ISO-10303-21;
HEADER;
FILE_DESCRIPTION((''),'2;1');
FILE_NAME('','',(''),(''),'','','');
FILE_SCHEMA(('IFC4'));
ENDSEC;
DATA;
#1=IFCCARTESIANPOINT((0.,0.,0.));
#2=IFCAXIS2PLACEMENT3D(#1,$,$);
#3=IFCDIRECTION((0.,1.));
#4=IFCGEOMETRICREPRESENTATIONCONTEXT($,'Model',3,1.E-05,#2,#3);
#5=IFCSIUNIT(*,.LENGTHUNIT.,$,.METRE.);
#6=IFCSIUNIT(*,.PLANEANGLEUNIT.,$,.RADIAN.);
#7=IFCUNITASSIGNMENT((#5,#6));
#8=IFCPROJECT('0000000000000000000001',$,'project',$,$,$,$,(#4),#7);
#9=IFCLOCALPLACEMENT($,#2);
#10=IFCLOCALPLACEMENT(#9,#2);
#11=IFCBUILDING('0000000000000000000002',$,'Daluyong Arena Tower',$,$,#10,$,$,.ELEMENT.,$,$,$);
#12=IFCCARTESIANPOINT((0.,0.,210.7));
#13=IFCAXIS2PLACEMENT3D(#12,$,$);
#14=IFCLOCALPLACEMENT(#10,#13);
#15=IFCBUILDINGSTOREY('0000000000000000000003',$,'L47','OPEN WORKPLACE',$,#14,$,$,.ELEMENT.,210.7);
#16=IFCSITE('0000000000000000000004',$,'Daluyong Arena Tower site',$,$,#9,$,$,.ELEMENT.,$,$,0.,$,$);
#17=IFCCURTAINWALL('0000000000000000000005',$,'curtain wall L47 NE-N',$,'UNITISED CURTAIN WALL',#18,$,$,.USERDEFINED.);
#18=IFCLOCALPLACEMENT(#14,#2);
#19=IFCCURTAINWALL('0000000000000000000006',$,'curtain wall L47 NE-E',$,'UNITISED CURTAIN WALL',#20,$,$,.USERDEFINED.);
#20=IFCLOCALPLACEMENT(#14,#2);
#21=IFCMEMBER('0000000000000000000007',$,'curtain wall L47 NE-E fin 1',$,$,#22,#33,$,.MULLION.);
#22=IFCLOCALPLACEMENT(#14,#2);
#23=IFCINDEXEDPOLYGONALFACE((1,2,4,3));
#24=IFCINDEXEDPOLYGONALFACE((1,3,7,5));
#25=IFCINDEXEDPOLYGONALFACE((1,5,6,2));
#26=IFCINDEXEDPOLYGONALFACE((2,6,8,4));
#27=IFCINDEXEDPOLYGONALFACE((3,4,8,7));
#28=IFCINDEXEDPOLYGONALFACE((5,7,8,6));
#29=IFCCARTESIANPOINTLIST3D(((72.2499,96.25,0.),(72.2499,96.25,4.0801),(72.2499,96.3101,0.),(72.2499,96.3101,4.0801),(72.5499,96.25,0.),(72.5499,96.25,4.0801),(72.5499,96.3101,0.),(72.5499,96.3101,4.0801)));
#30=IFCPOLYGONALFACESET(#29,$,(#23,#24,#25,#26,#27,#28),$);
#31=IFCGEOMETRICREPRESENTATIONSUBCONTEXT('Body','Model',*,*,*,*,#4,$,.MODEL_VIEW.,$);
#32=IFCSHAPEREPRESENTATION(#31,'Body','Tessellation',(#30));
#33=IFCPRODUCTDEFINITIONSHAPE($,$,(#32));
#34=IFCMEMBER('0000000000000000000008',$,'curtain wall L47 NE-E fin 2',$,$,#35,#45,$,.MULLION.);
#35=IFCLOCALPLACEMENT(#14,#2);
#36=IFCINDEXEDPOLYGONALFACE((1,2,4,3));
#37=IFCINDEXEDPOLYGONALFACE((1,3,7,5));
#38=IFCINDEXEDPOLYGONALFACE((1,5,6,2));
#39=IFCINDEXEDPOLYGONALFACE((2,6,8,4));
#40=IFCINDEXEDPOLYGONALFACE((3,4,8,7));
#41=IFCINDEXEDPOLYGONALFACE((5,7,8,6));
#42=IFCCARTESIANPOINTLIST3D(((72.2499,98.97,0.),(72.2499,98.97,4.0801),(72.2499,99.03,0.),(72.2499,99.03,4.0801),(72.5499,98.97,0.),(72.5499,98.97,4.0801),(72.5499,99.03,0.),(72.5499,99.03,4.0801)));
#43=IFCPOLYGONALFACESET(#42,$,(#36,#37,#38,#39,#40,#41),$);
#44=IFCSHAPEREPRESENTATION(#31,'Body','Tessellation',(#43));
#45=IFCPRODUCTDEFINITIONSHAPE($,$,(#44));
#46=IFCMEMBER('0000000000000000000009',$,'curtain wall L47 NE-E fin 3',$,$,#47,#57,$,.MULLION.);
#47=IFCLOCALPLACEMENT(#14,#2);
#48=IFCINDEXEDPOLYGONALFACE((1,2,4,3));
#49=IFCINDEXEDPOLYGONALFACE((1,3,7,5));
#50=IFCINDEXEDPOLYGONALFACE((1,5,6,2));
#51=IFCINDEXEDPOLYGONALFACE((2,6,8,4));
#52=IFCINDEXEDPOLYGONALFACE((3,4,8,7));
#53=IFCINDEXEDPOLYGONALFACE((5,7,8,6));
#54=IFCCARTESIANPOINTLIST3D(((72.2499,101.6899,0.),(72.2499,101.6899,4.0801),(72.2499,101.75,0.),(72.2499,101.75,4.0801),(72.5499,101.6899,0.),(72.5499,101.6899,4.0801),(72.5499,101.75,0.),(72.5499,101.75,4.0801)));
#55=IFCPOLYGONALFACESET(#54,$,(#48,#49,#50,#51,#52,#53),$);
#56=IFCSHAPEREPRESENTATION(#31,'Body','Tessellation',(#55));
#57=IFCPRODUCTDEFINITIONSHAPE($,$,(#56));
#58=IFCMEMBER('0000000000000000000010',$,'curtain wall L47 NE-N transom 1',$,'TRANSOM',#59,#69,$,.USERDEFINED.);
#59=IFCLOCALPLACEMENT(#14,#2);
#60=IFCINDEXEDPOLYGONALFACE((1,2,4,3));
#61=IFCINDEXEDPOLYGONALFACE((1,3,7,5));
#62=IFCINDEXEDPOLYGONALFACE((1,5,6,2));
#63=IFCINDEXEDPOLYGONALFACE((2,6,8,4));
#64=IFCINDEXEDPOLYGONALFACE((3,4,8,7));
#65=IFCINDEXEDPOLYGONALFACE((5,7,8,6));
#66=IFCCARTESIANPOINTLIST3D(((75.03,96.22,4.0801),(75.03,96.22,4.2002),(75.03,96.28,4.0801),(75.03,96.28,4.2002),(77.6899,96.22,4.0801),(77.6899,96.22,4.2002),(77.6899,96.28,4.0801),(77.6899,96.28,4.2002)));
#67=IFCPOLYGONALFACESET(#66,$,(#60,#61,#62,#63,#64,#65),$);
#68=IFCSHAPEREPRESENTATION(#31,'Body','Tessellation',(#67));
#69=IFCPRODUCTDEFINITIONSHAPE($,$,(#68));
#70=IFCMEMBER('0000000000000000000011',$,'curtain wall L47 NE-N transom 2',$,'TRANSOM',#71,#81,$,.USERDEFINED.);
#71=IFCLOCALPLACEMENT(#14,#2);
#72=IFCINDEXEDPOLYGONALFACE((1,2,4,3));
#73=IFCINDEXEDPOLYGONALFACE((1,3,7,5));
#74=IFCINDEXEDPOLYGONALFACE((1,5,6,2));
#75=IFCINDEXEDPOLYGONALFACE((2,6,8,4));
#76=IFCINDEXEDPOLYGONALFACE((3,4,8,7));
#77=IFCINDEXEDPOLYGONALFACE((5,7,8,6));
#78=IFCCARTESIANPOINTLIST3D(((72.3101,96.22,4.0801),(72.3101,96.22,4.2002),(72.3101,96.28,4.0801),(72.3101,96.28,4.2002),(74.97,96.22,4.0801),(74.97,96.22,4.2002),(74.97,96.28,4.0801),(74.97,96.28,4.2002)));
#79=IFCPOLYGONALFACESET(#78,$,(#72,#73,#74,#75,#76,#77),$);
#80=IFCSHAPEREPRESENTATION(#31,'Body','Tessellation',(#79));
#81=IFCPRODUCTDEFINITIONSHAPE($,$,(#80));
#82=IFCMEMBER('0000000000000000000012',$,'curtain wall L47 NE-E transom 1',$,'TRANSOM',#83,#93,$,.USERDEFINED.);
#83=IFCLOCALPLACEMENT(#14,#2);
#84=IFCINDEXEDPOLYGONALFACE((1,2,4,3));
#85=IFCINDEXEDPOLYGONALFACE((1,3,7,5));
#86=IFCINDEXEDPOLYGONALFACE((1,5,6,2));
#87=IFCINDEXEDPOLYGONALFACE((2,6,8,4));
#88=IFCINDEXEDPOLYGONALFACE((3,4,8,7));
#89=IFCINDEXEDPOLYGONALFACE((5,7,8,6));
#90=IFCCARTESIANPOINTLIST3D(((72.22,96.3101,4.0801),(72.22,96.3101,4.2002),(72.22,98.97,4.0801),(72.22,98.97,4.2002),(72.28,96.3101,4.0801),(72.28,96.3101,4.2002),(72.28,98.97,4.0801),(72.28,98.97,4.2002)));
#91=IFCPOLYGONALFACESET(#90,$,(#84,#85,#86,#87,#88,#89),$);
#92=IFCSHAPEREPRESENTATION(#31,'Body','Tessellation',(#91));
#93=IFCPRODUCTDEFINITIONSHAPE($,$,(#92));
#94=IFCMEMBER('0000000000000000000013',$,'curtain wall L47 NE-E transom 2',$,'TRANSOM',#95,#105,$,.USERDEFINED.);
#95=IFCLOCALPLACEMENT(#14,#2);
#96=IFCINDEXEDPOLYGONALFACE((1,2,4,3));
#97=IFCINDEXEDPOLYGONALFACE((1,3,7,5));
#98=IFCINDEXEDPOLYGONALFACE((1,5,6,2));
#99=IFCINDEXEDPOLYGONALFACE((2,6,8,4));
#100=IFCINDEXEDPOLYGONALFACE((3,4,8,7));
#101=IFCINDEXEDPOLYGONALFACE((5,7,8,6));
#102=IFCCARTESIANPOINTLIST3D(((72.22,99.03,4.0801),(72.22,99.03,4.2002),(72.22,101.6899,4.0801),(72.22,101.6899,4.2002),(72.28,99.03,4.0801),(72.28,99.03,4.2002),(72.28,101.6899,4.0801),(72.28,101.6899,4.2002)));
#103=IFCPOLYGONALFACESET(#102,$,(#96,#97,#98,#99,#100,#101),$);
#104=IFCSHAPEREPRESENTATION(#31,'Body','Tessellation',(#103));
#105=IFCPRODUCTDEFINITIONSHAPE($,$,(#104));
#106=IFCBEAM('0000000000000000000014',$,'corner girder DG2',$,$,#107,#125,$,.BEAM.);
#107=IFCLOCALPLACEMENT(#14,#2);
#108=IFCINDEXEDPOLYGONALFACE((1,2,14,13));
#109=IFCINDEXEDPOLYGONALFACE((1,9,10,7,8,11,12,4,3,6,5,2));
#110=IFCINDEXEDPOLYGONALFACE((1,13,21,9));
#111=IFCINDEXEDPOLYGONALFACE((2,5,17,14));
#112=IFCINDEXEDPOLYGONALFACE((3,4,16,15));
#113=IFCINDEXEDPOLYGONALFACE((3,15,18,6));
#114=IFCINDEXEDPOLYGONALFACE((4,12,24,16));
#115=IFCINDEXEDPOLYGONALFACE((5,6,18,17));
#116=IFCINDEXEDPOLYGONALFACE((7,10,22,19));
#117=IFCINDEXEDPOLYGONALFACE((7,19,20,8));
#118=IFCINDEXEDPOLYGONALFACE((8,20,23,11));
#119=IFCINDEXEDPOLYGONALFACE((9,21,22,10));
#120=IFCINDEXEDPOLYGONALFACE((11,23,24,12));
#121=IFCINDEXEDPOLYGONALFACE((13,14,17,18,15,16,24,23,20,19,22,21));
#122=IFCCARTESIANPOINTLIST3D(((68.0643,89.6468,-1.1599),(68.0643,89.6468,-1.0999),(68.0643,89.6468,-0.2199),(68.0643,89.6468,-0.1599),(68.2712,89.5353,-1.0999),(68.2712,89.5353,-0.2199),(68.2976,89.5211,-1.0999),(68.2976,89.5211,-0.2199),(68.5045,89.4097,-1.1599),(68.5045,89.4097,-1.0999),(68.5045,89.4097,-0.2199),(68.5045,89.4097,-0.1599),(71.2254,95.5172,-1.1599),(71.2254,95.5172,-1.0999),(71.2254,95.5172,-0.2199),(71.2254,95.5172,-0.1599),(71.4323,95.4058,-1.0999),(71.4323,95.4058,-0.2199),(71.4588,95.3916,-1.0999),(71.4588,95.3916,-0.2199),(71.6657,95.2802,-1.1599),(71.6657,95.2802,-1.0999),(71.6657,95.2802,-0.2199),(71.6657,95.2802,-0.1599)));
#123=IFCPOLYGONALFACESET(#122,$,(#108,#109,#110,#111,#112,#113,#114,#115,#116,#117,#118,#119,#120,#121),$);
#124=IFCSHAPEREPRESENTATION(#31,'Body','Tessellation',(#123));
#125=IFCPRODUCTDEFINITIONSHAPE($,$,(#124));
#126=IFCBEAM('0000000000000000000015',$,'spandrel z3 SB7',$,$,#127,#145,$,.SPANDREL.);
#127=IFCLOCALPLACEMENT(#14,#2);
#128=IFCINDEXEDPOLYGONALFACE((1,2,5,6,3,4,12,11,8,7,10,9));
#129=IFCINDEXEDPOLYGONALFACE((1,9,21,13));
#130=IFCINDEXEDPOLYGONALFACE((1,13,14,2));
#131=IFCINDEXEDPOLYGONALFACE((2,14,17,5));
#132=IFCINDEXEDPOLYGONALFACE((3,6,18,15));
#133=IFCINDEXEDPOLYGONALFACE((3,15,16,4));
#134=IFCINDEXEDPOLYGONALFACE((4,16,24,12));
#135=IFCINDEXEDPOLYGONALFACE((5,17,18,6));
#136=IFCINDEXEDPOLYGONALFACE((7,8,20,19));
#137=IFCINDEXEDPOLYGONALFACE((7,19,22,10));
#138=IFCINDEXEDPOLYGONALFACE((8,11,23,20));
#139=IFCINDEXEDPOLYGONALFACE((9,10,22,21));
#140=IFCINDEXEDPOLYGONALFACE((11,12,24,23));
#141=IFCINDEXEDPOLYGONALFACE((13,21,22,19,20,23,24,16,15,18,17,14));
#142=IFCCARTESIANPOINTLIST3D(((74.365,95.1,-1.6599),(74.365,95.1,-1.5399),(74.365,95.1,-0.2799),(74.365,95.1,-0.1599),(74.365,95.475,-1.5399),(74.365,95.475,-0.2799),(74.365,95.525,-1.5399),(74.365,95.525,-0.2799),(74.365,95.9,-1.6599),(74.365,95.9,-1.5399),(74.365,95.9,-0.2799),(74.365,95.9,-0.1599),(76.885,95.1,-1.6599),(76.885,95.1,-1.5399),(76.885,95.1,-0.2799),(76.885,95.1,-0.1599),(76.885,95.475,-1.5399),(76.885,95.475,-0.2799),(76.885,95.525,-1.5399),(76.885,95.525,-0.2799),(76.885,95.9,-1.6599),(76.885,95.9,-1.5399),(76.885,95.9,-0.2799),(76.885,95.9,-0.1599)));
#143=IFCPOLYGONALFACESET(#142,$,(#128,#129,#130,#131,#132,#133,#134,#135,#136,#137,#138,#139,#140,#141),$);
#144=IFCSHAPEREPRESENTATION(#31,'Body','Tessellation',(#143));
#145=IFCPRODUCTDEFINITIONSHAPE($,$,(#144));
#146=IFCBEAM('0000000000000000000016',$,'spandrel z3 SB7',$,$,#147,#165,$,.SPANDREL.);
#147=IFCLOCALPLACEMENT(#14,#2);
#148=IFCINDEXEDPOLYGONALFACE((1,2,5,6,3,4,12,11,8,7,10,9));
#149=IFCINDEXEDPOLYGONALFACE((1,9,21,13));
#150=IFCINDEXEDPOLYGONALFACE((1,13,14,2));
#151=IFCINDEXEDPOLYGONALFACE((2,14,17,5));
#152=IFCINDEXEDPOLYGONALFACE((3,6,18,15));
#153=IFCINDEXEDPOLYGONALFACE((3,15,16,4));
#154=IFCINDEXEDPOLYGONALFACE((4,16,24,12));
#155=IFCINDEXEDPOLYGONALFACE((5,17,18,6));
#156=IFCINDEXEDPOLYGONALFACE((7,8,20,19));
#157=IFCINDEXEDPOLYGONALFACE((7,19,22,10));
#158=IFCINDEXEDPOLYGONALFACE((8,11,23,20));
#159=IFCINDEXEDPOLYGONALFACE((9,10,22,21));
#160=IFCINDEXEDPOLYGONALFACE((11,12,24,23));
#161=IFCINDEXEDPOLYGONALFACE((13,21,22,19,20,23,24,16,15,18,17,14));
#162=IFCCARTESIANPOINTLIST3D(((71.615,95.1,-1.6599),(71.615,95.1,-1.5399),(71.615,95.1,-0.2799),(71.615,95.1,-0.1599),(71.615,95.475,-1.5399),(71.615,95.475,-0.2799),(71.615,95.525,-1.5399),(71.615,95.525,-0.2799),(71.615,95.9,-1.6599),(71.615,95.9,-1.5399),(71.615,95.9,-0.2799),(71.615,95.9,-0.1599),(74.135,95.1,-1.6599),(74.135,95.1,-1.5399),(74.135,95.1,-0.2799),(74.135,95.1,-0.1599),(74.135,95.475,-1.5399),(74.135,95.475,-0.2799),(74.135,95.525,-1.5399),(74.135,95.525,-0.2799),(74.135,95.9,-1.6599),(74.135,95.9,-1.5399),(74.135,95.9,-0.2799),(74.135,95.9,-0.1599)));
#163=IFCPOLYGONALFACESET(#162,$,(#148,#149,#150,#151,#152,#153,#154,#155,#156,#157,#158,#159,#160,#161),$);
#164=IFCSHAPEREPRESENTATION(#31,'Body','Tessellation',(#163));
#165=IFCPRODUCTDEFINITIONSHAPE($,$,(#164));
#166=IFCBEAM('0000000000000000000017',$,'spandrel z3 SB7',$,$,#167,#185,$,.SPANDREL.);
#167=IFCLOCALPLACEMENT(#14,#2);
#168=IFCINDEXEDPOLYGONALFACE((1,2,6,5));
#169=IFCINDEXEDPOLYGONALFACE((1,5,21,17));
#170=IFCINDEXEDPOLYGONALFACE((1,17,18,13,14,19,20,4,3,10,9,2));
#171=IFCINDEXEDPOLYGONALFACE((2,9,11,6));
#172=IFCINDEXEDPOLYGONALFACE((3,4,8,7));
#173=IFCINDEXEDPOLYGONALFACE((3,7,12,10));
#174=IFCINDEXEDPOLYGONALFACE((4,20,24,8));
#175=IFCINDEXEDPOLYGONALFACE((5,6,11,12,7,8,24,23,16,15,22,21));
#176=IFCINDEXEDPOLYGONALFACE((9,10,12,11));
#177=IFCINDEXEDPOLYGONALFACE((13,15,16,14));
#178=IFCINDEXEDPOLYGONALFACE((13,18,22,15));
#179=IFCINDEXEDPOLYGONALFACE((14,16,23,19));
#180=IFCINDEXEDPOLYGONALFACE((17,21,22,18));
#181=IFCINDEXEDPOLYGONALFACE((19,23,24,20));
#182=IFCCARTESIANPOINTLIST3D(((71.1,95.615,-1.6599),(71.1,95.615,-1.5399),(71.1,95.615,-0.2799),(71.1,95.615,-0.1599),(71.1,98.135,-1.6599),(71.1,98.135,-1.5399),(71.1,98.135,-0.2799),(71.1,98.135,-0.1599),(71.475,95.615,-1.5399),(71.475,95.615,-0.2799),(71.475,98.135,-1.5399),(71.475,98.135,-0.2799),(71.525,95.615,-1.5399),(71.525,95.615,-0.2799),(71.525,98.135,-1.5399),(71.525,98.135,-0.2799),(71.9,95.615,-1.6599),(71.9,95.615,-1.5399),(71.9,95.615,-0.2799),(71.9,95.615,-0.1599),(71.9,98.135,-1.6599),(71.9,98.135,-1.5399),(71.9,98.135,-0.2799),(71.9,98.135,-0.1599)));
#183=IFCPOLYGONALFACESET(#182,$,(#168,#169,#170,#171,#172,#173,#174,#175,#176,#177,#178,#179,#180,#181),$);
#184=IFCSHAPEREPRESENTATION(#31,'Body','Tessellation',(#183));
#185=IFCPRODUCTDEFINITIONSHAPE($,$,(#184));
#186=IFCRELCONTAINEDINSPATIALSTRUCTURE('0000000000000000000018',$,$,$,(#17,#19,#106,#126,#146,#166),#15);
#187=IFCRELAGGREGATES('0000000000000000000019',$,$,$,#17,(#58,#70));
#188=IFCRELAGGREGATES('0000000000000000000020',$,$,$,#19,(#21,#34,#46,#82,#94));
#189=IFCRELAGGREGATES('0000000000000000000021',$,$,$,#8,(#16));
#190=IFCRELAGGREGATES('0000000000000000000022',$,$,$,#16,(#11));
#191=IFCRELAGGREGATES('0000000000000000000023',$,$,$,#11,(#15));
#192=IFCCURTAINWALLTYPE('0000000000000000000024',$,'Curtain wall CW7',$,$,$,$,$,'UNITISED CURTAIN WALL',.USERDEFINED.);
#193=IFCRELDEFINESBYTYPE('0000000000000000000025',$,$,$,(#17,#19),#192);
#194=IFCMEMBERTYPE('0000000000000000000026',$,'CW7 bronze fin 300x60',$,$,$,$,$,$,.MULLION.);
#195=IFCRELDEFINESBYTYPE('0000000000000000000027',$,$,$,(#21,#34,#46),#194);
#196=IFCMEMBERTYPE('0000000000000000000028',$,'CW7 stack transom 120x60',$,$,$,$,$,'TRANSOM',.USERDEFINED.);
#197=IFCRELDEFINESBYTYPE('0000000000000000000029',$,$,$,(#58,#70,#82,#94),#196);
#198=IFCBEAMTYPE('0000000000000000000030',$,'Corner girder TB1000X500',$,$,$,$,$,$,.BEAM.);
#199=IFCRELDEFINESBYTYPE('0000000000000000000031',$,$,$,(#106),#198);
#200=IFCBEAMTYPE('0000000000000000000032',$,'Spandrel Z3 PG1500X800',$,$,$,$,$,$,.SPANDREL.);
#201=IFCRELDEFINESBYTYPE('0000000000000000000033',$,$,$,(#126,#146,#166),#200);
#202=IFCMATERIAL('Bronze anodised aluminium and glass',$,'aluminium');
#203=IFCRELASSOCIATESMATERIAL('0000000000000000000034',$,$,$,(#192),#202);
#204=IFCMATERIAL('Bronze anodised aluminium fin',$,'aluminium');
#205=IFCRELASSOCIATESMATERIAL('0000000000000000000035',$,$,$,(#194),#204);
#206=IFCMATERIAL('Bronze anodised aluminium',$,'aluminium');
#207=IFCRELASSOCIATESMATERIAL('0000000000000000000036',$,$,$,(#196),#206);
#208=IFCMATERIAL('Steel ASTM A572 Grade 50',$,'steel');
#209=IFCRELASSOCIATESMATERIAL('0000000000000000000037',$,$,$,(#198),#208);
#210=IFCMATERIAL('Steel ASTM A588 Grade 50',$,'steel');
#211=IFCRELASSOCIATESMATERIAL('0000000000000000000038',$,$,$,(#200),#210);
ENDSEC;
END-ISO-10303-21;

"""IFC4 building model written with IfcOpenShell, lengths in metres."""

from ifc_helpers import new_model, si_unit, direction, frame, origin, origin_2d, place, context, subcontext, project, spatial, rectangle, i_section, extrude, material, material_profile, profile_set, type_object, element, aggregate, save


model = new_model("IFC4")

# Units and contexts
model_context = context("Model", 3, precision=1e-05, world=origin(), true_north=direction((0.0, 1.0)))
body_context = subcontext(model_context, "Body", "Model", "MODEL_VIEW")
ifc_project = project(units=[si_unit("LENGTHUNIT", "METRE"), si_unit("PLANEANGLEUNIT", "RADIAN")], contexts=[model_context])

# Site, building, storey
site_placement = place(None, origin())
site = spatial("IfcSite", under=ifc_project, at=site_placement, Name="Daluyong Arena Tower site", CompositionType="ELEMENT", RefElevation=0.0)
building_placement = place(site_placement, origin())
building = spatial("IfcBuilding", under=site, at=building_placement, Name="Daluyong Arena Tower", CompositionType="ELEMENT")
storey_placement = place(building_placement, frame((0.0, 0.0, 210.7)))
storey = spatial("IfcBuildingStorey", under=building, at=storey_placement, Name="L47", Description="OPEN WORKPLACE", CompositionType="ELEMENT", Elevation=210.7)

# Curtain walls, members
ifc_material_1 = material(Name="Bronze anodised aluminium and glass", Category="aluminium")
curtain_wall_type_1 = type_object("IfcCurtainWallType", Name="Curtain wall CW7", ElementType="UNITISED CURTAIN WALL", PredefinedType="USERDEFINED", material=ifc_material_1)
curtain_wall_1_placement = place(storey_placement, origin())
curtain_wall_1 = element("IfcCurtainWall", 1, at=curtain_wall_1_placement, inside=storey, type_object=curtain_wall_type_1, Name="curtain wall L47 NE-N", ObjectType="UNITISED CURTAIN WALL", PredefinedType="USERDEFINED")
ifc_material_2 = material(Name="Bronze anodised aluminium fin", Category="aluminium")
ifc_material_profile_1 = material_profile(ifc_material_2, rectangle(XDim=0.3, YDim=0.0601, at=origin_2d()))
ifc_profile_set_1 = profile_set([ifc_material_profile_1], Name="Bronze anodised aluminium fin")
member_type_1 = type_object("IfcMemberType", Name="CW7 bronze fin 300x60", PredefinedType="MULLION", material=ifc_profile_set_1)
curtain_wall_2_placement = place(storey_placement, origin())
curtain_wall_2 = element("IfcCurtainWall", 2, at=curtain_wall_2_placement, inside=storey, type_object=curtain_wall_type_1, Name="curtain wall L47 NE-E", ObjectType="UNITISED CURTAIN WALL", PredefinedType="USERDEFINED")
member_1_placement = place(storey_placement, frame((72.3999, 96.28, 0.0), z_axis=(0.0, 0.0, 1.0), x_axis=(-1.0, 0.0, 0.0)))
member_1 = element("IfcMember", 3, at=member_1_placement, type_object=member_type_1, Name="curtain wall L47 NE-E fin 1", PredefinedType="MULLION", context=body_context, shape_type="SweptSolid", body=[
    extrude(rectangle(XDim=0.3, YDim=0.0601, at=origin_2d()), origin(), (0.0, 0.0, 1.0), 4.0801),
])
member_2_placement = place(storey_placement, frame((72.3999, 99.0, 0.0), z_axis=(0.0, 0.0, 1.0), x_axis=(-1.0, 0.0, 0.0)))
member_2 = element("IfcMember", 4, at=member_2_placement, type_object=member_type_1, Name="curtain wall L47 NE-E fin 2", PredefinedType="MULLION", context=body_context, shape_type="SweptSolid", body=[
    extrude(rectangle(XDim=0.3, YDim=0.0601, at=origin_2d()), origin(), (0.0, 0.0, 1.0), 4.0801),
])
member_3_placement = place(storey_placement, frame((72.3999, 101.72, 0.0), z_axis=(0.0, 0.0, 1.0), x_axis=(-1.0, 0.0, 0.0)))
member_3 = element("IfcMember", 5, at=member_3_placement, type_object=member_type_1, Name="curtain wall L47 NE-E fin 3", PredefinedType="MULLION", context=body_context, shape_type="SweptSolid", body=[
    extrude(rectangle(XDim=0.3, YDim=0.0601, at=origin_2d()), origin(), (0.0, 0.0, 1.0), 4.0801),
])

# Members
ifc_material_3 = material(Name="Bronze anodised aluminium", Category="aluminium")
ifc_material_profile_2 = material_profile(ifc_material_3, rectangle(XDim=0.0601, YDim=0.1201, at=origin_2d()))
ifc_profile_set_2 = profile_set([ifc_material_profile_2], Name="Bronze anodised aluminium")
member_type_2 = type_object("IfcMemberType", Name="CW7 stack transom 120x60", ElementType="TRANSOM", PredefinedType="USERDEFINED", material=ifc_profile_set_2)
member_4_placement = place(storey_placement, frame((77.6899, 96.25, 4.1401), z_axis=(-1.0, 0.0, 0.0), x_axis=(0.0, -1.0, 0.0)))
member_4 = element("IfcMember", 6, at=member_4_placement, type_object=member_type_2, Name="curtain wall L47 NE-N transom 1", ObjectType="TRANSOM", PredefinedType="USERDEFINED", context=body_context, shape_type="SweptSolid", body=[
    extrude(rectangle(XDim=0.0601, YDim=0.1201, at=origin_2d()), origin(), (0.0, 0.0, 1.0), 2.6599),
])
member_5_placement = place(storey_placement, frame((74.97, 96.25, 4.1401), z_axis=(-1.0, 0.0, 0.0), x_axis=(0.0, -1.0, 0.0)))
member_5 = element("IfcMember", 7, at=member_5_placement, type_object=member_type_2, Name="curtain wall L47 NE-N transom 2", ObjectType="TRANSOM", PredefinedType="USERDEFINED", context=body_context, shape_type="SweptSolid", body=[
    extrude(rectangle(XDim=0.0601, YDim=0.1201, at=origin_2d()), origin(), (0.0, 0.0, 1.0), 2.6599),
])
member_6_placement = place(storey_placement, frame((72.25, 96.3101, 4.1401), z_axis=(0.0, 1.0, 0.0), x_axis=(-1.0, 0.0, 0.0)))
member_6 = element("IfcMember", 8, at=member_6_placement, type_object=member_type_2, Name="curtain wall L47 NE-E transom 1", ObjectType="TRANSOM", PredefinedType="USERDEFINED", context=body_context, shape_type="SweptSolid", body=[
    extrude(rectangle(XDim=0.0601, YDim=0.1201, at=origin_2d()), origin(), (0.0, 0.0, 1.0), 2.6599),
])
member_7_placement = place(storey_placement, frame((72.25, 99.03, 4.1401), z_axis=(0.0, 1.0, 0.0), x_axis=(-1.0, 0.0, 0.0)))
member_7 = element("IfcMember", 9, at=member_7_placement, type_object=member_type_2, Name="curtain wall L47 NE-E transom 2", ObjectType="TRANSOM", PredefinedType="USERDEFINED", context=body_context, shape_type="SweptSolid", body=[
    extrude(rectangle(XDim=0.0601, YDim=0.1201, at=origin_2d()), origin(), (0.0, 0.0, 1.0), 2.6599),
])

# Beams
ifc_material_4 = material(Name="Steel ASTM A572 Grade 50", Category="steel")
ifc_material_profile_3 = material_profile(ifc_material_4, i_section(OverallWidth=0.5, OverallDepth=1.0, WebThickness=0.03, FlangeThickness=0.06, at=origin_2d()))
ifc_profile_set_3 = profile_set([ifc_material_profile_3], Name="Steel ASTM A572 Grade 50")
beam_type_1 = type_object("IfcBeamType", Name="Corner girder TB1000X500", PredefinedType="BEAM", material=ifc_profile_set_3)
beam_1_placement = place(storey_placement, frame((71.4456, 95.3987, -0.6599), z_axis=(-0.474119, -0.880461, 0.0), x_axis=(0.880461, -0.474119, 0.0)))
element("IfcBeam", 10, at=beam_1_placement, inside=storey, type_object=beam_type_1, Name="corner girder DG2", PredefinedType="BEAM", context=body_context, shape_type="SweptSolid", body=[
    extrude(i_section(OverallWidth=0.5, OverallDepth=1.0, WebThickness=0.03, FlangeThickness=0.06, at=origin_2d()), origin(), (0.0, 0.0, 1.0), 6.6675),
])
ifc_material_5 = material(Name="Steel ASTM A588 Grade 50", Category="steel")
ifc_material_profile_4 = material_profile(ifc_material_5, i_section(OverallWidth=0.8, OverallDepth=1.5, WebThickness=0.05, FlangeThickness=0.12, at=origin_2d()))
ifc_profile_set_4 = profile_set([ifc_material_profile_4], Name="Steel ASTM A588 Grade 50")
beam_type_2 = type_object("IfcBeamType", Name="Spandrel Z3 PG1500X800", PredefinedType="SPANDREL", material=ifc_profile_set_4)
for number, where, z_axis, x_axis, name in (
    (11, (76.885, 95.5, -0.9099), (-1.0, 0.0, 0.0), (0.0, -1.0, 0.0), "spandrel z3 SB7"),
    (12, (74.135, 95.5, -0.9099), (-1.0, 0.0, 0.0), (0.0, -1.0, 0.0), "spandrel z3 SB7"),
    (13, (71.5, 95.615, -0.9099), (0.0, 1.0, 0.0), (-1.0, 0.0, 0.0), "spandrel z3 SB7"),
):
    element("IfcBeam", number, at=place(storey_placement, frame(where, z_axis=z_axis, x_axis=x_axis)), inside=storey, type_object=beam_type_2, Name=name, PredefinedType="SPANDREL", context=body_context, shape_type="SweptSolid", body=[
        extrude(i_section(OverallWidth=0.8, OverallDepth=1.5, WebThickness=0.05, FlangeThickness=0.12, at=origin_2d()), origin(), (0.0, 0.0, 1.0), 2.52),
    ])

aggregate(curtain_wall_1, [member_4, member_5])
aggregate(curtain_wall_2, [member_1, member_2, member_3, member_6, member_7])

save(model, "model.ifc")
